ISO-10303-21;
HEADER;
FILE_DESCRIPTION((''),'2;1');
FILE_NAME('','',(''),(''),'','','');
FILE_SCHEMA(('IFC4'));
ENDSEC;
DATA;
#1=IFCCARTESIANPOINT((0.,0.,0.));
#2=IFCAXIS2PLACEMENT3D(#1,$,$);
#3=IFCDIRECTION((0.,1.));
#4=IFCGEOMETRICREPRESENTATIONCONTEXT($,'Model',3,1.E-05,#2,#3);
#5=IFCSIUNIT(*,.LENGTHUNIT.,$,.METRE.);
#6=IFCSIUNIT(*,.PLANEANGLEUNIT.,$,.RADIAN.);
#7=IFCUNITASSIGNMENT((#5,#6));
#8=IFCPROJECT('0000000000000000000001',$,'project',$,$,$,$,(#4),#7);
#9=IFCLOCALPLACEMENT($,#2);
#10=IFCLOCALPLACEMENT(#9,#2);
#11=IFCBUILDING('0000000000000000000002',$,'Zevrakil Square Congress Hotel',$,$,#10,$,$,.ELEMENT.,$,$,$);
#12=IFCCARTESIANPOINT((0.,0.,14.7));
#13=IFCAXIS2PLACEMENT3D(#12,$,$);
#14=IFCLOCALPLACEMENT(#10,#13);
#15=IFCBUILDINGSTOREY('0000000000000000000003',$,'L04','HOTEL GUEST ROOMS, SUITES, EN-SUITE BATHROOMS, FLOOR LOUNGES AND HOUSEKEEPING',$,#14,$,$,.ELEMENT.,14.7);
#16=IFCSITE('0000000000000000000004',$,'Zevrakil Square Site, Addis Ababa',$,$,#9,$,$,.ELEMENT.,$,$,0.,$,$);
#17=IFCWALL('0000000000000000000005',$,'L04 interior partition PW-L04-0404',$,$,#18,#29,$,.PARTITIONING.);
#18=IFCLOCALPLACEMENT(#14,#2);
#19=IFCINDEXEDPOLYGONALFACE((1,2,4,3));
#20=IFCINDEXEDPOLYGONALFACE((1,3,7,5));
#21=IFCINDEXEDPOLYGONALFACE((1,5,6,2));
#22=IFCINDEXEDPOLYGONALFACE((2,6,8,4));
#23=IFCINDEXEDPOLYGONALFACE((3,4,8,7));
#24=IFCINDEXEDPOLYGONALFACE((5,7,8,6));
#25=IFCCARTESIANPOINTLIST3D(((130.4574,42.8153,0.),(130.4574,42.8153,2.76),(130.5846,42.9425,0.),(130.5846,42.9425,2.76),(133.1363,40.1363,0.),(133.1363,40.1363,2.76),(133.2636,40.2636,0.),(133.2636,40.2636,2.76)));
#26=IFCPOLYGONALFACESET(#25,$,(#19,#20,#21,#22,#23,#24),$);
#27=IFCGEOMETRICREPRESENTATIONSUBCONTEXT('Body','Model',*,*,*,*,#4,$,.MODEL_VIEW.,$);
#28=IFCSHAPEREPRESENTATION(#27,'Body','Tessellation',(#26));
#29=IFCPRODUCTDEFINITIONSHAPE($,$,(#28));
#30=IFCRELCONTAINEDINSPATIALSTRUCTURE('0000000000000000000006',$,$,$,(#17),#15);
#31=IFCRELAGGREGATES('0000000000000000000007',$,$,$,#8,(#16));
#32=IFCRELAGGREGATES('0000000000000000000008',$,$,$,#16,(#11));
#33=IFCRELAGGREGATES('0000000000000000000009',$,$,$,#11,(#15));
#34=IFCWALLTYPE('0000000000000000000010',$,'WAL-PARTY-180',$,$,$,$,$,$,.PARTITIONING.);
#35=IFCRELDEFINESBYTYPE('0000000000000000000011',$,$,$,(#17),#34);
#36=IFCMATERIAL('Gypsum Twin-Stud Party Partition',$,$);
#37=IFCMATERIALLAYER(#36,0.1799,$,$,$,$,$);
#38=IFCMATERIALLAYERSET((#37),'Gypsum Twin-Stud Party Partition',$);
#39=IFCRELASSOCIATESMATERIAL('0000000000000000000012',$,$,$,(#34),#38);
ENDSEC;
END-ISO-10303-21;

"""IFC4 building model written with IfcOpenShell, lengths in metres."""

from ifc_helpers import new_model, si_unit, direction, frame, frame_2d, origin, place, context, subcontext, project, spatial, rectangle, extrude, material, layer, layer_set, type_object, element, save


model = new_model("IFC4")

# Units and contexts
model_context = context("Model", 3, precision=1e-05, world=origin(), true_north=direction((0.0, 1.0)))
body_context = subcontext(model_context, "Body", "Model", "MODEL_VIEW")
ifc_project = project(units=[si_unit("LENGTHUNIT", "METRE"), si_unit("PLANEANGLEUNIT", "RADIAN")], contexts=[model_context])

# Site, building, storey
site_placement = place(None, origin())
site = spatial("IfcSite", under=ifc_project, at=site_placement, Name="Zevrakil Square Site, Addis Ababa", CompositionType="ELEMENT", RefElevation=0.0)
building_placement = place(site_placement, origin())
building = spatial("IfcBuilding", under=site, at=building_placement, Name="Zevrakil Square Congress Hotel", CompositionType="ELEMENT")
storey_placement = place(building_placement, frame((0.0, 0.0, 14.7)))
storey = spatial("IfcBuildingStorey", under=building, at=storey_placement, Name="L04", Description="HOTEL GUEST ROOMS, SUITES, EN-SUITE BATHROOMS, FLOOR LOUNGES AND HOUSEKEEPING", CompositionType="ELEMENT", Elevation=14.7)

# Wall
ifc_material_1 = material(Name="Gypsum Twin-Stud Party Partition")
ifc_layer_1 = layer(ifc_material_1, 0.1799)
ifc_layer_set_1 = layer_set([ifc_layer_1], Name="Gypsum Twin-Stud Party Partition")
wall_type_1 = type_object("IfcWallType", Name="WAL-PARTY-180", PredefinedType="PARTITIONING", material=ifc_layer_set_1)
wall_1_placement = place(storey_placement, frame((133.2, 40.2, 0.0), z_axis=(0.0, 0.0, 1.0), x_axis=(-0.707107, 0.707107, 0.0)))
element("IfcWall", 1, at=wall_1_placement, inside=storey, type_object=wall_type_1, Name="L04 interior partition PW-L04-0404", PredefinedType="PARTITIONING", context=body_context, shape_type="SweptSolid", body=[
    extrude(rectangle(XDim=3.7886, YDim=0.1799, at=frame_2d((1.8943, 0.0))), origin(), (0.0, 0.0, 1.0), 2.76),
])

save(model, "model.ifc")
